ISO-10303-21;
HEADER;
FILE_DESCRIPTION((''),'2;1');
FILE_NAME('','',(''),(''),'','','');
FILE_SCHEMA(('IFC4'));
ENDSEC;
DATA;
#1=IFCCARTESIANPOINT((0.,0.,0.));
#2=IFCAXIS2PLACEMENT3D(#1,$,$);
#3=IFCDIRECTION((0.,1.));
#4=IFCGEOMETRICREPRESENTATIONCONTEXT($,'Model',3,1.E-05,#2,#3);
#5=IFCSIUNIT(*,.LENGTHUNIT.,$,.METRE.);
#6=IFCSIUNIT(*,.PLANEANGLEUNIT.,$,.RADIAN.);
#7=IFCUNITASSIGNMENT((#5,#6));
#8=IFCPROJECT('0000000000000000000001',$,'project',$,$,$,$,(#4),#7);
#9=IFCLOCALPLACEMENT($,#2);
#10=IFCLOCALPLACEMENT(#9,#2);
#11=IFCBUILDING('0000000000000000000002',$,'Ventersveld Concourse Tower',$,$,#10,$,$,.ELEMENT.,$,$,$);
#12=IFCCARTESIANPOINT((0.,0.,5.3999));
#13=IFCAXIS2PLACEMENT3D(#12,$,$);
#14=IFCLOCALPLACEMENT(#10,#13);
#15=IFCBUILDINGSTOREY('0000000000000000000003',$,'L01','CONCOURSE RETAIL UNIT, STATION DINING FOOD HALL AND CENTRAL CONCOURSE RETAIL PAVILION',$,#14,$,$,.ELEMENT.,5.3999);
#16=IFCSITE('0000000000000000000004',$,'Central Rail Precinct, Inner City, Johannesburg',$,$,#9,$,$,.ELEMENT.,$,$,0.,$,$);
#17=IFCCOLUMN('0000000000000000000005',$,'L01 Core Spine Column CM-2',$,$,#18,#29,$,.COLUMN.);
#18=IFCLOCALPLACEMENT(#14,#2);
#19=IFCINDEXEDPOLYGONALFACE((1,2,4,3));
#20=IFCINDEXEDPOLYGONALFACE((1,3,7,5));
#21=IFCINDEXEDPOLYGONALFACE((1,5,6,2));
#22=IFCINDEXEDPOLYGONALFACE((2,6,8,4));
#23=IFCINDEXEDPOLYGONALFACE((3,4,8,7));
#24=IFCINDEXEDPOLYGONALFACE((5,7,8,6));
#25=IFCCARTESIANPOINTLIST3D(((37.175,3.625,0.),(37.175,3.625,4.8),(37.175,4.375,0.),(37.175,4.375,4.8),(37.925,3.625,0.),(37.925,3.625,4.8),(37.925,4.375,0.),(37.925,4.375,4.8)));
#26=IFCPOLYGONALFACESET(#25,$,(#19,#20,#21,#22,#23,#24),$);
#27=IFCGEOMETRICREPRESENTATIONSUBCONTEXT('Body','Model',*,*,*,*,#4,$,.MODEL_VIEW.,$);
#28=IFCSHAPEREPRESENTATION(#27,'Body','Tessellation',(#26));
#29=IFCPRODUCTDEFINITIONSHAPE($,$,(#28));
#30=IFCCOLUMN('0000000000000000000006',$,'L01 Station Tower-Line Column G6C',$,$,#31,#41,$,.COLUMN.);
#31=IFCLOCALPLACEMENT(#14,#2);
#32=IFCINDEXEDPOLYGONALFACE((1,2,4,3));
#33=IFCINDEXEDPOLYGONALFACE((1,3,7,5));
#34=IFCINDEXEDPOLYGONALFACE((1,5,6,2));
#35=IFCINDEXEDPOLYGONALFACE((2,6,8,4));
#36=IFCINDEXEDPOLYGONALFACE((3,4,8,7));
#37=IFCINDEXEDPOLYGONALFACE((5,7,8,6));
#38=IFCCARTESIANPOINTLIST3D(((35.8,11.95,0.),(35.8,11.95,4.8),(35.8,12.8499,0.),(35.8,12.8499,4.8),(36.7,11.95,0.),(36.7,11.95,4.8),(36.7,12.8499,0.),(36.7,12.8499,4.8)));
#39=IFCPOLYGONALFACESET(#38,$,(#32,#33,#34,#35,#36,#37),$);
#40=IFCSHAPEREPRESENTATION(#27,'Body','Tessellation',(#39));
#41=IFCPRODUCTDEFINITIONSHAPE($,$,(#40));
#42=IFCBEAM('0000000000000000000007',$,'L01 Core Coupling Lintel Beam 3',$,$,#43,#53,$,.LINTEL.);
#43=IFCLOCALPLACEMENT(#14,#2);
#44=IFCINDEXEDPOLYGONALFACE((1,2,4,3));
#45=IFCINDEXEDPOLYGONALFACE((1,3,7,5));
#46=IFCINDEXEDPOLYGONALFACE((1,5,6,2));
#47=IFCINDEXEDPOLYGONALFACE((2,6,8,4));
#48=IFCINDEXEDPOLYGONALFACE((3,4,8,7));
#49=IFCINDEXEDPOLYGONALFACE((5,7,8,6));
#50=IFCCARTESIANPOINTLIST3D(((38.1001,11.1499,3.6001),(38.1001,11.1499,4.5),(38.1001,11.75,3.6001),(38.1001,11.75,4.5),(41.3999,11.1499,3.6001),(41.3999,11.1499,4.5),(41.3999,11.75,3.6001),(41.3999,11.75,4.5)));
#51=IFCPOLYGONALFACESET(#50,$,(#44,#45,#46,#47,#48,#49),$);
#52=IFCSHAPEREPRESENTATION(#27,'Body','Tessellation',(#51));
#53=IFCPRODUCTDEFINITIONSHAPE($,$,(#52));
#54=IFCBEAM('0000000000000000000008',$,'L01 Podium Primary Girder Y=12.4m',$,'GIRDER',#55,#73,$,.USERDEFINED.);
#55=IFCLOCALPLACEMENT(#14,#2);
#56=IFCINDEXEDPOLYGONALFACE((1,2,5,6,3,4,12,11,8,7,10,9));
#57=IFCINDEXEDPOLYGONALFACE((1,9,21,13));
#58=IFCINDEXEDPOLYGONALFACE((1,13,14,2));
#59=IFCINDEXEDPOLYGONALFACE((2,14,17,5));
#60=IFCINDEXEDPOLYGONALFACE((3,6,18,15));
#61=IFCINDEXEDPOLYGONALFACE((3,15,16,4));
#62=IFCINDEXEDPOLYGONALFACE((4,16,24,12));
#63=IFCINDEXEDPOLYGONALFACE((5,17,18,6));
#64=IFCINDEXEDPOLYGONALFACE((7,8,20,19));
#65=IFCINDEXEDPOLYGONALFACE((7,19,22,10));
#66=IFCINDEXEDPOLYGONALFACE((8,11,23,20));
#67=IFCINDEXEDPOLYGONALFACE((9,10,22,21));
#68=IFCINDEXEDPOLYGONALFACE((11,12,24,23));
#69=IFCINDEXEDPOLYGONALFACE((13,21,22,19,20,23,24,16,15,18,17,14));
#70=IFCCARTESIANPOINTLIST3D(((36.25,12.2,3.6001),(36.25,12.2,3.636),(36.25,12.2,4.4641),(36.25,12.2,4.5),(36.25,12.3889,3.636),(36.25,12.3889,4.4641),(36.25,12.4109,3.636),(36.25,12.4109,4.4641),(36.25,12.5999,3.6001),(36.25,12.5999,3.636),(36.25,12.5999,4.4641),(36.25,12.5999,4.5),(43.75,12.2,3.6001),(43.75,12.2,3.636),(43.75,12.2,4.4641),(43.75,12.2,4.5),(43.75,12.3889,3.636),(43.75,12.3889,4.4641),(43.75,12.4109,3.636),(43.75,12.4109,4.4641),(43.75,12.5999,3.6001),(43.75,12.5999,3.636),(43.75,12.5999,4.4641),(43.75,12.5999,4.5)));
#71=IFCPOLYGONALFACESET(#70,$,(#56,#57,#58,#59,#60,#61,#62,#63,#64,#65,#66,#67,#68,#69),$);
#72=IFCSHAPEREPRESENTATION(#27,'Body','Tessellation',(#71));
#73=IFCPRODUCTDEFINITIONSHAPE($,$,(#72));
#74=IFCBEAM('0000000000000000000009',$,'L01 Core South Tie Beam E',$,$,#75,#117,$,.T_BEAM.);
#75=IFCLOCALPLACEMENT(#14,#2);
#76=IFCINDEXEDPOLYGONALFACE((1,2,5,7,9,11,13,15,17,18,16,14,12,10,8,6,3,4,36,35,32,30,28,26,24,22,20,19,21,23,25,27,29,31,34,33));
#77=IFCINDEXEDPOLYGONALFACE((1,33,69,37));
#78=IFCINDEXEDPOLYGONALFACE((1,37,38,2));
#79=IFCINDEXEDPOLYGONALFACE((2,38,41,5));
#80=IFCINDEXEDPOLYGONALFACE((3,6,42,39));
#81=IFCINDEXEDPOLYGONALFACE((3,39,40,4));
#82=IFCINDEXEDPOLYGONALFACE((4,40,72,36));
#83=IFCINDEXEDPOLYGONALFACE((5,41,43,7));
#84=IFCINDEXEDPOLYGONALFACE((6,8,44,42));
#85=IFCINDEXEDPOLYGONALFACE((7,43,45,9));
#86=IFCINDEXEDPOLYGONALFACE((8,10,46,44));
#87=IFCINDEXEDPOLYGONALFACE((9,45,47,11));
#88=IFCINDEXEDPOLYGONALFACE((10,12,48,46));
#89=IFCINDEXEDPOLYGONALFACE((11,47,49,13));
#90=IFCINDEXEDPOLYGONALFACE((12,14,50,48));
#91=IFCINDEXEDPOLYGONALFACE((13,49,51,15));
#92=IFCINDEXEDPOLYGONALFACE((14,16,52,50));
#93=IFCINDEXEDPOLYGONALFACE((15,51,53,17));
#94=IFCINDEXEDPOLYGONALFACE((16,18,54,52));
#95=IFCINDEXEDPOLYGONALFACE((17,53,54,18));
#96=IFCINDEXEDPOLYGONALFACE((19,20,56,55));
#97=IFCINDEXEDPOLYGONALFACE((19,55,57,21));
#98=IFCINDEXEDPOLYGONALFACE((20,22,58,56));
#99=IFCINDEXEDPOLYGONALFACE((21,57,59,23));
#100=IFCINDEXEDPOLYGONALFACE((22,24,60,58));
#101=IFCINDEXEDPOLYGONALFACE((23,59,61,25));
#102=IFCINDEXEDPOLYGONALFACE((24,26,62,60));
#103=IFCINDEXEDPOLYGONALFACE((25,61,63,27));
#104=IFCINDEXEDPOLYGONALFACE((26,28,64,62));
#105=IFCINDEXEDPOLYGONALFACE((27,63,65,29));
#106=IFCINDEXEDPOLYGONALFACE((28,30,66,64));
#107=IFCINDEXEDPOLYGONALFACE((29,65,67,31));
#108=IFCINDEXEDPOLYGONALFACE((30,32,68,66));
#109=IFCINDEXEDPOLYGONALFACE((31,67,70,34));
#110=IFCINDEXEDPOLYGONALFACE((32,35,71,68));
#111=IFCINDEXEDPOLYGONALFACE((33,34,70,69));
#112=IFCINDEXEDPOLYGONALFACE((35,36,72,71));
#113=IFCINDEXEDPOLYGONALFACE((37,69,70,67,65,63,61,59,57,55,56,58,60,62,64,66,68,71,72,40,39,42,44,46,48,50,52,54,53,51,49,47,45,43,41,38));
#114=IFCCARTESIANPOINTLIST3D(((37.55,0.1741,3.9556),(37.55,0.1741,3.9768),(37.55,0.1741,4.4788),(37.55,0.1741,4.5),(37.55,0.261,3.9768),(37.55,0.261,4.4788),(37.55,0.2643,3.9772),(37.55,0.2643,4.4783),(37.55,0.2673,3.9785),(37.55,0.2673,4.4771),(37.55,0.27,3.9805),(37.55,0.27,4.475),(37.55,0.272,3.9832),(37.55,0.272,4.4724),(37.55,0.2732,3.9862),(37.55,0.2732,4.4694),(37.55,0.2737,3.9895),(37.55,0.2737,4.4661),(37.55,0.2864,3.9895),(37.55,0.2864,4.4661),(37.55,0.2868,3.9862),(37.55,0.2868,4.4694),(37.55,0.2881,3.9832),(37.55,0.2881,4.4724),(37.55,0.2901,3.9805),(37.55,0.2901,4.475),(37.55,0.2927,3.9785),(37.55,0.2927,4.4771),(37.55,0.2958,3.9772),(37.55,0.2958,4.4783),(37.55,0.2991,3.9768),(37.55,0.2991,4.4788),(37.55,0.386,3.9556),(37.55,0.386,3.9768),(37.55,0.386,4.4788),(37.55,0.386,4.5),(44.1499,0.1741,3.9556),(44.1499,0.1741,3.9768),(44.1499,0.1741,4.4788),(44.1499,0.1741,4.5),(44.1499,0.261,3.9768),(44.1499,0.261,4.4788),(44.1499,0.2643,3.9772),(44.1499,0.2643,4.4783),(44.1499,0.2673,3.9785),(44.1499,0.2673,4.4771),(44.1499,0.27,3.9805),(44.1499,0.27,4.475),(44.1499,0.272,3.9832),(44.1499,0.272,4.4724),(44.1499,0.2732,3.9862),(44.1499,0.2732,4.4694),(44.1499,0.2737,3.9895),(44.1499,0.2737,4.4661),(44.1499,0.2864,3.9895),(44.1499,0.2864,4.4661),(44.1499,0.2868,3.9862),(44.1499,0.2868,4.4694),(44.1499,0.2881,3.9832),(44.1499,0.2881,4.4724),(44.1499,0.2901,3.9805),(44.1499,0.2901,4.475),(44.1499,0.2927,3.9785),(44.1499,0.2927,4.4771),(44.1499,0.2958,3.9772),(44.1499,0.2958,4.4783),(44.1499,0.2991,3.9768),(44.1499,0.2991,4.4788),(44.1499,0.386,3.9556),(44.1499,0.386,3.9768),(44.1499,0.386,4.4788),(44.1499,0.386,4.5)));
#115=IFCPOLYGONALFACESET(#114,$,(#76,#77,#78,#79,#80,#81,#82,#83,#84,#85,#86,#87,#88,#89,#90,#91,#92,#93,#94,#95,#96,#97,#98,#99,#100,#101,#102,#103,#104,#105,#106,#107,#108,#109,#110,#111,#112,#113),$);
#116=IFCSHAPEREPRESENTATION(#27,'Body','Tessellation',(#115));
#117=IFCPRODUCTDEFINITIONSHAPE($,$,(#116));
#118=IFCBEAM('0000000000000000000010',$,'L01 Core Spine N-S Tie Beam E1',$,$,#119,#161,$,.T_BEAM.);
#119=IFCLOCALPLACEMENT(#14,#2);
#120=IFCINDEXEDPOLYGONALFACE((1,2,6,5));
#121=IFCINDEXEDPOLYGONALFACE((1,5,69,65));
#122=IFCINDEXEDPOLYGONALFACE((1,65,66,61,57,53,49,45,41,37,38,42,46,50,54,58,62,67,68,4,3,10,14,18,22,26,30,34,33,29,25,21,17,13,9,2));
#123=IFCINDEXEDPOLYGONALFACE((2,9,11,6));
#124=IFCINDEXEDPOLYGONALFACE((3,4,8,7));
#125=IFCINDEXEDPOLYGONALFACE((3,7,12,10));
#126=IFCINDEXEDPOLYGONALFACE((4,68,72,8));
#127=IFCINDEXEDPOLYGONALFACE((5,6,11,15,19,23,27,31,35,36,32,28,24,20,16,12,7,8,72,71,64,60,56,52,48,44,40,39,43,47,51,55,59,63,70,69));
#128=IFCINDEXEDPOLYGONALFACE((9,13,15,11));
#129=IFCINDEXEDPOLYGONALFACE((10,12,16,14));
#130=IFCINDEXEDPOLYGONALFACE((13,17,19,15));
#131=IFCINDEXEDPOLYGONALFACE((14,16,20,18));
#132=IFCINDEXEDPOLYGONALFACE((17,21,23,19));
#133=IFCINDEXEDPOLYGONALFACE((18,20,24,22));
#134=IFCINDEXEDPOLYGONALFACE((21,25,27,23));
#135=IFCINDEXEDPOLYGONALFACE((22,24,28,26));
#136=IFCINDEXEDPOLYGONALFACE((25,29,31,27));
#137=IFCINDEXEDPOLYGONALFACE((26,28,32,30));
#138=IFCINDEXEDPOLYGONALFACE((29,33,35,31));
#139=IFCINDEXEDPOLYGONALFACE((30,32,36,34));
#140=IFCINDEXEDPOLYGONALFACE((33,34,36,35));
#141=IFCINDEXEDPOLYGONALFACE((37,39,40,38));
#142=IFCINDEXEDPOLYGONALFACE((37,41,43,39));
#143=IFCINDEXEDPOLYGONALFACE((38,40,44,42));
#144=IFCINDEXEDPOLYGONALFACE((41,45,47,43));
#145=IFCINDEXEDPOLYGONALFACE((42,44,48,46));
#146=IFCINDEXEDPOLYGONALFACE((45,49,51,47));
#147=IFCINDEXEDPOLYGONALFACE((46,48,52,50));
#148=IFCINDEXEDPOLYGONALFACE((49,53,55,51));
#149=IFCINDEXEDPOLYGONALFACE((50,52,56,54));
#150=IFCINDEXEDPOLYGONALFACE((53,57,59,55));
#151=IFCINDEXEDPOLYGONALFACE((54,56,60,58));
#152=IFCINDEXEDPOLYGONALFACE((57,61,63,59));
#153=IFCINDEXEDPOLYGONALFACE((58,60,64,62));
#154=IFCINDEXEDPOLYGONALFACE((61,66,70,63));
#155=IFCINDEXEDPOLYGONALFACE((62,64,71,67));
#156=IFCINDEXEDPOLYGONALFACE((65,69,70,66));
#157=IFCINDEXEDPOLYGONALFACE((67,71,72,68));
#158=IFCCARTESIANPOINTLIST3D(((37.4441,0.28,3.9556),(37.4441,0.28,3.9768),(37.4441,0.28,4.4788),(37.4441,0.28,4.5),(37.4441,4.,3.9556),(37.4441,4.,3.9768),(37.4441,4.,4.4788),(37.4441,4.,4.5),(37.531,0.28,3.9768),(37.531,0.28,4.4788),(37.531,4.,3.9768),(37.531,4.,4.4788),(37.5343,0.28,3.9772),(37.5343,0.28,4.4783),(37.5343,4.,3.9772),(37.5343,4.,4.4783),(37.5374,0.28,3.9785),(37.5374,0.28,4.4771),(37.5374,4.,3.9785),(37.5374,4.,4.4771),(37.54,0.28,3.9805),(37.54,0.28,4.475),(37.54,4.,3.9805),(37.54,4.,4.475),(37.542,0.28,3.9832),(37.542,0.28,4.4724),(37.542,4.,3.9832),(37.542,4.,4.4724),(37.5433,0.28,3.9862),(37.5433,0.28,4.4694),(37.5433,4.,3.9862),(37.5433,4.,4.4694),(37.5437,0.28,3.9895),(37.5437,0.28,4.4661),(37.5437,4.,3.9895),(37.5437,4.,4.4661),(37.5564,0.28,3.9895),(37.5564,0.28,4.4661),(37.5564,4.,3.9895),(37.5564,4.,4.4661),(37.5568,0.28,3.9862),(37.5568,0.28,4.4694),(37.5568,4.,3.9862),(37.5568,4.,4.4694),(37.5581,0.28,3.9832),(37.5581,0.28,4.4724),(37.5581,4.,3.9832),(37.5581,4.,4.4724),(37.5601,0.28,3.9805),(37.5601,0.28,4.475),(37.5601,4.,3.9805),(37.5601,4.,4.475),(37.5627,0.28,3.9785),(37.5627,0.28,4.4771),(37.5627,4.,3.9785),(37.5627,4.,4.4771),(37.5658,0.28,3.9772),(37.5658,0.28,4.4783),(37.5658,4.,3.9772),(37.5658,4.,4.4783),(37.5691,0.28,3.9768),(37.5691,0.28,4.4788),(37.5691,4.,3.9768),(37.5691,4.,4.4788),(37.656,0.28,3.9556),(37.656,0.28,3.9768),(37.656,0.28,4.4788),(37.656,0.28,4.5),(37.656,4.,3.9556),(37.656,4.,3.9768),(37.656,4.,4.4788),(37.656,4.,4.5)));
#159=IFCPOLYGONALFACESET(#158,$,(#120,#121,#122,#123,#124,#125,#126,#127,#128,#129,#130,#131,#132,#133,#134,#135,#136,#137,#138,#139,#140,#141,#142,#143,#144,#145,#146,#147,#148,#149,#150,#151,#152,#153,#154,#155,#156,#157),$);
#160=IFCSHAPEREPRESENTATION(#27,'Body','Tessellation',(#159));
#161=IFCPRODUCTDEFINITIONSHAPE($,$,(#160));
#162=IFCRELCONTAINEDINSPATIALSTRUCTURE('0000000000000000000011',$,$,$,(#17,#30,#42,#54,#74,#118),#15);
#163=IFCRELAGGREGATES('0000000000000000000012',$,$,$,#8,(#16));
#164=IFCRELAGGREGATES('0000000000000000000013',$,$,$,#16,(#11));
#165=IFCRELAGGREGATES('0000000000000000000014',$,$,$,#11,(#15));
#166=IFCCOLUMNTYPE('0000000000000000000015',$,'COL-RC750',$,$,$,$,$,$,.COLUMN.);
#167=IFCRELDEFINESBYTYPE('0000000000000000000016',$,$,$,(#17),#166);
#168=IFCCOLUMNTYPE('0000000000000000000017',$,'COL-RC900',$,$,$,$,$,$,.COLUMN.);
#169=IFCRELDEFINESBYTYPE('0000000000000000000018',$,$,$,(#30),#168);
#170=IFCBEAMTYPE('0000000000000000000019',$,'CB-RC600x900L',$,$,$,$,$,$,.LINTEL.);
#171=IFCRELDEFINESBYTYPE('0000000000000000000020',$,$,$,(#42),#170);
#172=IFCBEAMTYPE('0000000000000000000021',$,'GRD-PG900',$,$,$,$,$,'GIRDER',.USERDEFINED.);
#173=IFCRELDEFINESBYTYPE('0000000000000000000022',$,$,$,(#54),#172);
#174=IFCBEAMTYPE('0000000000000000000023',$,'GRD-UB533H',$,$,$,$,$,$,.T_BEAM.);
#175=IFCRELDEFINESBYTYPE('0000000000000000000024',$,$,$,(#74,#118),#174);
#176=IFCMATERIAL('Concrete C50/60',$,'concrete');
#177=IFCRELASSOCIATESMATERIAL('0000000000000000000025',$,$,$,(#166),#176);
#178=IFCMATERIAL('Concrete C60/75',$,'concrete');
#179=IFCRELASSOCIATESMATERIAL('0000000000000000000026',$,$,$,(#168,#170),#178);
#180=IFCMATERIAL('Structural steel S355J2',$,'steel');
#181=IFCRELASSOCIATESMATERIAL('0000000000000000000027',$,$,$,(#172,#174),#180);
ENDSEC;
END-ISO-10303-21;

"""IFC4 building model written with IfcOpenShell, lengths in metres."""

from ifc_helpers import new_model, si_unit, direction, frame, origin, origin_2d, place, context, subcontext, project, spatial, rectangle, i_section, extrude, material, material_profile, profile_set, type_object, element, save


model = new_model("IFC4")

# Units and contexts
model_context = context("Model", 3, precision=1e-05, world=origin(), true_north=direction((0.0, 1.0)))
body_context = subcontext(model_context, "Body", "Model", "MODEL_VIEW")
ifc_project = project(units=[si_unit("LENGTHUNIT", "METRE"), si_unit("PLANEANGLEUNIT", "RADIAN")], contexts=[model_context])

# Site, building, storey
site_placement = place(None, origin())
site = spatial("IfcSite", under=ifc_project, at=site_placement, Name="Central Rail Precinct, Inner City, Johannesburg", CompositionType="ELEMENT", RefElevation=0.0)
building_placement = place(site_placement, origin())
building = spatial("IfcBuilding", under=site, at=building_placement, Name="Ventersveld Concourse Tower", CompositionType="ELEMENT")
storey_placement = place(building_placement, frame((0.0, 0.0, 5.3999)))
storey = spatial("IfcBuildingStorey", under=building, at=storey_placement, Name="L01", Description="CONCOURSE RETAIL UNIT, STATION DINING FOOD HALL AND CENTRAL CONCOURSE RETAIL PAVILION", CompositionType="ELEMENT", Elevation=5.3999)

# Columns
ifc_material_1 = material(Name="Concrete C50/60", Category="concrete")
ifc_material_profile_1 = material_profile(ifc_material_1, rectangle(XDim=0.75, YDim=0.75, at=origin_2d()), Name="RC 750x750")
ifc_profile_set_1 = profile_set([ifc_material_profile_1], Name="Concrete C50/60")
column_type_1 = type_object("IfcColumnType", Name="COL-RC750", PredefinedType="COLUMN", material=ifc_profile_set_1)
column_1_placement = place(storey_placement, frame((37.55, 4.0, 0.0), z_axis=(0.0, 0.0, 1.0), x_axis=(1.0, 0.0, 0.0)))
element("IfcColumn", 1, at=column_1_placement, inside=storey, type_object=column_type_1, Name="L01 Core Spine Column CM-2", PredefinedType="COLUMN", context=body_context, shape_type="SweptSolid", body=[
    extrude(rectangle(XDim=0.75, YDim=0.75, at=origin_2d()), origin(), (0.0, 0.0, 1.0), 4.8),
])
ifc_material_2 = material(Name="Concrete C60/75", Category="concrete")
ifc_material_profile_2 = material_profile(ifc_material_2, rectangle(XDim=0.8999, YDim=0.8999, at=origin_2d()), Name="RC 900x900")
ifc_profile_set_2 = profile_set([ifc_material_profile_2], Name="Concrete C60/75")
column_type_2 = type_object("IfcColumnType", Name="COL-RC900", PredefinedType="COLUMN", material=ifc_profile_set_2)
column_2_placement = place(storey_placement, frame((36.25, 12.3999, 0.0), z_axis=(0.0, 0.0, 1.0), x_axis=(1.0, 0.0, 0.0)))
element("IfcColumn", 2, at=column_2_placement, inside=storey, type_object=column_type_2, Name="L01 Station Tower-Line Column G6C", PredefinedType="COLUMN", context=body_context, shape_type="SweptSolid", body=[
    extrude(rectangle(XDim=0.8999, YDim=0.8999, at=origin_2d()), origin(), (0.0, 0.0, 1.0), 4.8),
])

# Beams
ifc_material_profile_3 = material_profile(ifc_material_2, rectangle(XDim=0.6001, YDim=0.8999, at=origin_2d()), Name="RC 600x900")
ifc_profile_set_3 = profile_set([ifc_material_profile_3], Name="Concrete C60/75")
beam_type_1 = type_object("IfcBeamType", Name="CB-RC600x900L", PredefinedType="LINTEL", material=ifc_profile_set_3)
beam_1_placement = place(storey_placement, frame((38.1001, 11.45, 4.05), z_axis=(1.0, 0.0, 0.0), x_axis=(0.0, 1.0, 0.0)))
element("IfcBeam", 3, at=beam_1_placement, inside=storey, type_object=beam_type_1, Name="L01 Core Coupling Lintel Beam 3", PredefinedType="LINTEL", context=body_context, shape_type="SweptSolid", body=[
    extrude(rectangle(XDim=0.6001, YDim=0.8999, at=origin_2d()), origin(), (0.0, 0.0, 1.0), 3.2998),
])
ifc_material_3 = material(Name="Structural steel S355J2", Category="steel")
ifc_material_profile_4 = material_profile(ifc_material_3, i_section(OverallWidth=0.3999, OverallDepth=0.8999, WebThickness=0.022, FlangeThickness=0.0359, at=origin_2d()), Name="PG 900x400x36")
ifc_profile_set_4 = profile_set([ifc_material_profile_4], Name="Structural steel S355J2")
beam_type_2 = type_object("IfcBeamType", Name="GRD-PG900", ElementType="GIRDER", PredefinedType="USERDEFINED", material=ifc_profile_set_4)
beam_2_placement = place(storey_placement, frame((36.25, 12.3999, 4.05), z_axis=(1.0, 0.0, 0.0), x_axis=(0.0, 1.0, 0.0)))
element("IfcBeam", 4, at=beam_2_placement, inside=storey, type_object=beam_type_2, Name="L01 Podium Primary Girder Y=12.4m", ObjectType="GIRDER", PredefinedType="USERDEFINED", context=body_context, shape_type="SweptSolid", body=[
    extrude(i_section(OverallWidth=0.3999, OverallDepth=0.8999, WebThickness=0.022, FlangeThickness=0.0359, at=origin_2d()), origin(), (0.0, 0.0, 1.0), 7.5),
])
ifc_material_profile_5 = material_profile(ifc_material_3, i_section(OverallWidth=0.2119, OverallDepth=0.5444, WebThickness=0.0127, FlangeThickness=0.0212, FilletRadius=0.0127, at=origin_2d()), Name="UB 533x210x122")
ifc_profile_set_5 = profile_set([ifc_material_profile_5], Name="Structural steel S355J2")
beam_type_3 = type_object("IfcBeamType", Name="GRD-UB533H", PredefinedType="T_BEAM", material=ifc_profile_set_5)
beam_3_placement = place(storey_placement, frame((37.55, 0.28, 4.2278), z_axis=(1.0, 0.0, 0.0), x_axis=(0.0, 1.0, 0.0)))
element("IfcBeam", 5, at=beam_3_placement, inside=storey, type_object=beam_type_3, Name="L01 Core South Tie Beam E", PredefinedType="T_BEAM", context=body_context, shape_type="SweptSolid", body=[
    extrude(i_section(OverallWidth=0.2119, OverallDepth=0.5444, WebThickness=0.0127, FlangeThickness=0.0212, FilletRadius=0.0127, at=origin_2d()), origin(), (0.0, 0.0, 1.0), 6.5999),
])
beam_4_placement = place(storey_placement, frame((37.55, 0.28, 4.2278), z_axis=(0.0, 1.0, 0.0), x_axis=(-1.0, 0.0, 0.0)))
element("IfcBeam", 6, at=beam_4_placement, inside=storey, type_object=beam_type_3, Name="L01 Core Spine N-S Tie Beam E1", PredefinedType="T_BEAM", context=body_context, shape_type="SweptSolid", body=[
    extrude(i_section(OverallWidth=0.2119, OverallDepth=0.5444, WebThickness=0.0127, FlangeThickness=0.0212, FilletRadius=0.0127, at=origin_2d()), origin(), (0.0, 0.0, 1.0), 3.72),
])

save(model, "model.ifc")
